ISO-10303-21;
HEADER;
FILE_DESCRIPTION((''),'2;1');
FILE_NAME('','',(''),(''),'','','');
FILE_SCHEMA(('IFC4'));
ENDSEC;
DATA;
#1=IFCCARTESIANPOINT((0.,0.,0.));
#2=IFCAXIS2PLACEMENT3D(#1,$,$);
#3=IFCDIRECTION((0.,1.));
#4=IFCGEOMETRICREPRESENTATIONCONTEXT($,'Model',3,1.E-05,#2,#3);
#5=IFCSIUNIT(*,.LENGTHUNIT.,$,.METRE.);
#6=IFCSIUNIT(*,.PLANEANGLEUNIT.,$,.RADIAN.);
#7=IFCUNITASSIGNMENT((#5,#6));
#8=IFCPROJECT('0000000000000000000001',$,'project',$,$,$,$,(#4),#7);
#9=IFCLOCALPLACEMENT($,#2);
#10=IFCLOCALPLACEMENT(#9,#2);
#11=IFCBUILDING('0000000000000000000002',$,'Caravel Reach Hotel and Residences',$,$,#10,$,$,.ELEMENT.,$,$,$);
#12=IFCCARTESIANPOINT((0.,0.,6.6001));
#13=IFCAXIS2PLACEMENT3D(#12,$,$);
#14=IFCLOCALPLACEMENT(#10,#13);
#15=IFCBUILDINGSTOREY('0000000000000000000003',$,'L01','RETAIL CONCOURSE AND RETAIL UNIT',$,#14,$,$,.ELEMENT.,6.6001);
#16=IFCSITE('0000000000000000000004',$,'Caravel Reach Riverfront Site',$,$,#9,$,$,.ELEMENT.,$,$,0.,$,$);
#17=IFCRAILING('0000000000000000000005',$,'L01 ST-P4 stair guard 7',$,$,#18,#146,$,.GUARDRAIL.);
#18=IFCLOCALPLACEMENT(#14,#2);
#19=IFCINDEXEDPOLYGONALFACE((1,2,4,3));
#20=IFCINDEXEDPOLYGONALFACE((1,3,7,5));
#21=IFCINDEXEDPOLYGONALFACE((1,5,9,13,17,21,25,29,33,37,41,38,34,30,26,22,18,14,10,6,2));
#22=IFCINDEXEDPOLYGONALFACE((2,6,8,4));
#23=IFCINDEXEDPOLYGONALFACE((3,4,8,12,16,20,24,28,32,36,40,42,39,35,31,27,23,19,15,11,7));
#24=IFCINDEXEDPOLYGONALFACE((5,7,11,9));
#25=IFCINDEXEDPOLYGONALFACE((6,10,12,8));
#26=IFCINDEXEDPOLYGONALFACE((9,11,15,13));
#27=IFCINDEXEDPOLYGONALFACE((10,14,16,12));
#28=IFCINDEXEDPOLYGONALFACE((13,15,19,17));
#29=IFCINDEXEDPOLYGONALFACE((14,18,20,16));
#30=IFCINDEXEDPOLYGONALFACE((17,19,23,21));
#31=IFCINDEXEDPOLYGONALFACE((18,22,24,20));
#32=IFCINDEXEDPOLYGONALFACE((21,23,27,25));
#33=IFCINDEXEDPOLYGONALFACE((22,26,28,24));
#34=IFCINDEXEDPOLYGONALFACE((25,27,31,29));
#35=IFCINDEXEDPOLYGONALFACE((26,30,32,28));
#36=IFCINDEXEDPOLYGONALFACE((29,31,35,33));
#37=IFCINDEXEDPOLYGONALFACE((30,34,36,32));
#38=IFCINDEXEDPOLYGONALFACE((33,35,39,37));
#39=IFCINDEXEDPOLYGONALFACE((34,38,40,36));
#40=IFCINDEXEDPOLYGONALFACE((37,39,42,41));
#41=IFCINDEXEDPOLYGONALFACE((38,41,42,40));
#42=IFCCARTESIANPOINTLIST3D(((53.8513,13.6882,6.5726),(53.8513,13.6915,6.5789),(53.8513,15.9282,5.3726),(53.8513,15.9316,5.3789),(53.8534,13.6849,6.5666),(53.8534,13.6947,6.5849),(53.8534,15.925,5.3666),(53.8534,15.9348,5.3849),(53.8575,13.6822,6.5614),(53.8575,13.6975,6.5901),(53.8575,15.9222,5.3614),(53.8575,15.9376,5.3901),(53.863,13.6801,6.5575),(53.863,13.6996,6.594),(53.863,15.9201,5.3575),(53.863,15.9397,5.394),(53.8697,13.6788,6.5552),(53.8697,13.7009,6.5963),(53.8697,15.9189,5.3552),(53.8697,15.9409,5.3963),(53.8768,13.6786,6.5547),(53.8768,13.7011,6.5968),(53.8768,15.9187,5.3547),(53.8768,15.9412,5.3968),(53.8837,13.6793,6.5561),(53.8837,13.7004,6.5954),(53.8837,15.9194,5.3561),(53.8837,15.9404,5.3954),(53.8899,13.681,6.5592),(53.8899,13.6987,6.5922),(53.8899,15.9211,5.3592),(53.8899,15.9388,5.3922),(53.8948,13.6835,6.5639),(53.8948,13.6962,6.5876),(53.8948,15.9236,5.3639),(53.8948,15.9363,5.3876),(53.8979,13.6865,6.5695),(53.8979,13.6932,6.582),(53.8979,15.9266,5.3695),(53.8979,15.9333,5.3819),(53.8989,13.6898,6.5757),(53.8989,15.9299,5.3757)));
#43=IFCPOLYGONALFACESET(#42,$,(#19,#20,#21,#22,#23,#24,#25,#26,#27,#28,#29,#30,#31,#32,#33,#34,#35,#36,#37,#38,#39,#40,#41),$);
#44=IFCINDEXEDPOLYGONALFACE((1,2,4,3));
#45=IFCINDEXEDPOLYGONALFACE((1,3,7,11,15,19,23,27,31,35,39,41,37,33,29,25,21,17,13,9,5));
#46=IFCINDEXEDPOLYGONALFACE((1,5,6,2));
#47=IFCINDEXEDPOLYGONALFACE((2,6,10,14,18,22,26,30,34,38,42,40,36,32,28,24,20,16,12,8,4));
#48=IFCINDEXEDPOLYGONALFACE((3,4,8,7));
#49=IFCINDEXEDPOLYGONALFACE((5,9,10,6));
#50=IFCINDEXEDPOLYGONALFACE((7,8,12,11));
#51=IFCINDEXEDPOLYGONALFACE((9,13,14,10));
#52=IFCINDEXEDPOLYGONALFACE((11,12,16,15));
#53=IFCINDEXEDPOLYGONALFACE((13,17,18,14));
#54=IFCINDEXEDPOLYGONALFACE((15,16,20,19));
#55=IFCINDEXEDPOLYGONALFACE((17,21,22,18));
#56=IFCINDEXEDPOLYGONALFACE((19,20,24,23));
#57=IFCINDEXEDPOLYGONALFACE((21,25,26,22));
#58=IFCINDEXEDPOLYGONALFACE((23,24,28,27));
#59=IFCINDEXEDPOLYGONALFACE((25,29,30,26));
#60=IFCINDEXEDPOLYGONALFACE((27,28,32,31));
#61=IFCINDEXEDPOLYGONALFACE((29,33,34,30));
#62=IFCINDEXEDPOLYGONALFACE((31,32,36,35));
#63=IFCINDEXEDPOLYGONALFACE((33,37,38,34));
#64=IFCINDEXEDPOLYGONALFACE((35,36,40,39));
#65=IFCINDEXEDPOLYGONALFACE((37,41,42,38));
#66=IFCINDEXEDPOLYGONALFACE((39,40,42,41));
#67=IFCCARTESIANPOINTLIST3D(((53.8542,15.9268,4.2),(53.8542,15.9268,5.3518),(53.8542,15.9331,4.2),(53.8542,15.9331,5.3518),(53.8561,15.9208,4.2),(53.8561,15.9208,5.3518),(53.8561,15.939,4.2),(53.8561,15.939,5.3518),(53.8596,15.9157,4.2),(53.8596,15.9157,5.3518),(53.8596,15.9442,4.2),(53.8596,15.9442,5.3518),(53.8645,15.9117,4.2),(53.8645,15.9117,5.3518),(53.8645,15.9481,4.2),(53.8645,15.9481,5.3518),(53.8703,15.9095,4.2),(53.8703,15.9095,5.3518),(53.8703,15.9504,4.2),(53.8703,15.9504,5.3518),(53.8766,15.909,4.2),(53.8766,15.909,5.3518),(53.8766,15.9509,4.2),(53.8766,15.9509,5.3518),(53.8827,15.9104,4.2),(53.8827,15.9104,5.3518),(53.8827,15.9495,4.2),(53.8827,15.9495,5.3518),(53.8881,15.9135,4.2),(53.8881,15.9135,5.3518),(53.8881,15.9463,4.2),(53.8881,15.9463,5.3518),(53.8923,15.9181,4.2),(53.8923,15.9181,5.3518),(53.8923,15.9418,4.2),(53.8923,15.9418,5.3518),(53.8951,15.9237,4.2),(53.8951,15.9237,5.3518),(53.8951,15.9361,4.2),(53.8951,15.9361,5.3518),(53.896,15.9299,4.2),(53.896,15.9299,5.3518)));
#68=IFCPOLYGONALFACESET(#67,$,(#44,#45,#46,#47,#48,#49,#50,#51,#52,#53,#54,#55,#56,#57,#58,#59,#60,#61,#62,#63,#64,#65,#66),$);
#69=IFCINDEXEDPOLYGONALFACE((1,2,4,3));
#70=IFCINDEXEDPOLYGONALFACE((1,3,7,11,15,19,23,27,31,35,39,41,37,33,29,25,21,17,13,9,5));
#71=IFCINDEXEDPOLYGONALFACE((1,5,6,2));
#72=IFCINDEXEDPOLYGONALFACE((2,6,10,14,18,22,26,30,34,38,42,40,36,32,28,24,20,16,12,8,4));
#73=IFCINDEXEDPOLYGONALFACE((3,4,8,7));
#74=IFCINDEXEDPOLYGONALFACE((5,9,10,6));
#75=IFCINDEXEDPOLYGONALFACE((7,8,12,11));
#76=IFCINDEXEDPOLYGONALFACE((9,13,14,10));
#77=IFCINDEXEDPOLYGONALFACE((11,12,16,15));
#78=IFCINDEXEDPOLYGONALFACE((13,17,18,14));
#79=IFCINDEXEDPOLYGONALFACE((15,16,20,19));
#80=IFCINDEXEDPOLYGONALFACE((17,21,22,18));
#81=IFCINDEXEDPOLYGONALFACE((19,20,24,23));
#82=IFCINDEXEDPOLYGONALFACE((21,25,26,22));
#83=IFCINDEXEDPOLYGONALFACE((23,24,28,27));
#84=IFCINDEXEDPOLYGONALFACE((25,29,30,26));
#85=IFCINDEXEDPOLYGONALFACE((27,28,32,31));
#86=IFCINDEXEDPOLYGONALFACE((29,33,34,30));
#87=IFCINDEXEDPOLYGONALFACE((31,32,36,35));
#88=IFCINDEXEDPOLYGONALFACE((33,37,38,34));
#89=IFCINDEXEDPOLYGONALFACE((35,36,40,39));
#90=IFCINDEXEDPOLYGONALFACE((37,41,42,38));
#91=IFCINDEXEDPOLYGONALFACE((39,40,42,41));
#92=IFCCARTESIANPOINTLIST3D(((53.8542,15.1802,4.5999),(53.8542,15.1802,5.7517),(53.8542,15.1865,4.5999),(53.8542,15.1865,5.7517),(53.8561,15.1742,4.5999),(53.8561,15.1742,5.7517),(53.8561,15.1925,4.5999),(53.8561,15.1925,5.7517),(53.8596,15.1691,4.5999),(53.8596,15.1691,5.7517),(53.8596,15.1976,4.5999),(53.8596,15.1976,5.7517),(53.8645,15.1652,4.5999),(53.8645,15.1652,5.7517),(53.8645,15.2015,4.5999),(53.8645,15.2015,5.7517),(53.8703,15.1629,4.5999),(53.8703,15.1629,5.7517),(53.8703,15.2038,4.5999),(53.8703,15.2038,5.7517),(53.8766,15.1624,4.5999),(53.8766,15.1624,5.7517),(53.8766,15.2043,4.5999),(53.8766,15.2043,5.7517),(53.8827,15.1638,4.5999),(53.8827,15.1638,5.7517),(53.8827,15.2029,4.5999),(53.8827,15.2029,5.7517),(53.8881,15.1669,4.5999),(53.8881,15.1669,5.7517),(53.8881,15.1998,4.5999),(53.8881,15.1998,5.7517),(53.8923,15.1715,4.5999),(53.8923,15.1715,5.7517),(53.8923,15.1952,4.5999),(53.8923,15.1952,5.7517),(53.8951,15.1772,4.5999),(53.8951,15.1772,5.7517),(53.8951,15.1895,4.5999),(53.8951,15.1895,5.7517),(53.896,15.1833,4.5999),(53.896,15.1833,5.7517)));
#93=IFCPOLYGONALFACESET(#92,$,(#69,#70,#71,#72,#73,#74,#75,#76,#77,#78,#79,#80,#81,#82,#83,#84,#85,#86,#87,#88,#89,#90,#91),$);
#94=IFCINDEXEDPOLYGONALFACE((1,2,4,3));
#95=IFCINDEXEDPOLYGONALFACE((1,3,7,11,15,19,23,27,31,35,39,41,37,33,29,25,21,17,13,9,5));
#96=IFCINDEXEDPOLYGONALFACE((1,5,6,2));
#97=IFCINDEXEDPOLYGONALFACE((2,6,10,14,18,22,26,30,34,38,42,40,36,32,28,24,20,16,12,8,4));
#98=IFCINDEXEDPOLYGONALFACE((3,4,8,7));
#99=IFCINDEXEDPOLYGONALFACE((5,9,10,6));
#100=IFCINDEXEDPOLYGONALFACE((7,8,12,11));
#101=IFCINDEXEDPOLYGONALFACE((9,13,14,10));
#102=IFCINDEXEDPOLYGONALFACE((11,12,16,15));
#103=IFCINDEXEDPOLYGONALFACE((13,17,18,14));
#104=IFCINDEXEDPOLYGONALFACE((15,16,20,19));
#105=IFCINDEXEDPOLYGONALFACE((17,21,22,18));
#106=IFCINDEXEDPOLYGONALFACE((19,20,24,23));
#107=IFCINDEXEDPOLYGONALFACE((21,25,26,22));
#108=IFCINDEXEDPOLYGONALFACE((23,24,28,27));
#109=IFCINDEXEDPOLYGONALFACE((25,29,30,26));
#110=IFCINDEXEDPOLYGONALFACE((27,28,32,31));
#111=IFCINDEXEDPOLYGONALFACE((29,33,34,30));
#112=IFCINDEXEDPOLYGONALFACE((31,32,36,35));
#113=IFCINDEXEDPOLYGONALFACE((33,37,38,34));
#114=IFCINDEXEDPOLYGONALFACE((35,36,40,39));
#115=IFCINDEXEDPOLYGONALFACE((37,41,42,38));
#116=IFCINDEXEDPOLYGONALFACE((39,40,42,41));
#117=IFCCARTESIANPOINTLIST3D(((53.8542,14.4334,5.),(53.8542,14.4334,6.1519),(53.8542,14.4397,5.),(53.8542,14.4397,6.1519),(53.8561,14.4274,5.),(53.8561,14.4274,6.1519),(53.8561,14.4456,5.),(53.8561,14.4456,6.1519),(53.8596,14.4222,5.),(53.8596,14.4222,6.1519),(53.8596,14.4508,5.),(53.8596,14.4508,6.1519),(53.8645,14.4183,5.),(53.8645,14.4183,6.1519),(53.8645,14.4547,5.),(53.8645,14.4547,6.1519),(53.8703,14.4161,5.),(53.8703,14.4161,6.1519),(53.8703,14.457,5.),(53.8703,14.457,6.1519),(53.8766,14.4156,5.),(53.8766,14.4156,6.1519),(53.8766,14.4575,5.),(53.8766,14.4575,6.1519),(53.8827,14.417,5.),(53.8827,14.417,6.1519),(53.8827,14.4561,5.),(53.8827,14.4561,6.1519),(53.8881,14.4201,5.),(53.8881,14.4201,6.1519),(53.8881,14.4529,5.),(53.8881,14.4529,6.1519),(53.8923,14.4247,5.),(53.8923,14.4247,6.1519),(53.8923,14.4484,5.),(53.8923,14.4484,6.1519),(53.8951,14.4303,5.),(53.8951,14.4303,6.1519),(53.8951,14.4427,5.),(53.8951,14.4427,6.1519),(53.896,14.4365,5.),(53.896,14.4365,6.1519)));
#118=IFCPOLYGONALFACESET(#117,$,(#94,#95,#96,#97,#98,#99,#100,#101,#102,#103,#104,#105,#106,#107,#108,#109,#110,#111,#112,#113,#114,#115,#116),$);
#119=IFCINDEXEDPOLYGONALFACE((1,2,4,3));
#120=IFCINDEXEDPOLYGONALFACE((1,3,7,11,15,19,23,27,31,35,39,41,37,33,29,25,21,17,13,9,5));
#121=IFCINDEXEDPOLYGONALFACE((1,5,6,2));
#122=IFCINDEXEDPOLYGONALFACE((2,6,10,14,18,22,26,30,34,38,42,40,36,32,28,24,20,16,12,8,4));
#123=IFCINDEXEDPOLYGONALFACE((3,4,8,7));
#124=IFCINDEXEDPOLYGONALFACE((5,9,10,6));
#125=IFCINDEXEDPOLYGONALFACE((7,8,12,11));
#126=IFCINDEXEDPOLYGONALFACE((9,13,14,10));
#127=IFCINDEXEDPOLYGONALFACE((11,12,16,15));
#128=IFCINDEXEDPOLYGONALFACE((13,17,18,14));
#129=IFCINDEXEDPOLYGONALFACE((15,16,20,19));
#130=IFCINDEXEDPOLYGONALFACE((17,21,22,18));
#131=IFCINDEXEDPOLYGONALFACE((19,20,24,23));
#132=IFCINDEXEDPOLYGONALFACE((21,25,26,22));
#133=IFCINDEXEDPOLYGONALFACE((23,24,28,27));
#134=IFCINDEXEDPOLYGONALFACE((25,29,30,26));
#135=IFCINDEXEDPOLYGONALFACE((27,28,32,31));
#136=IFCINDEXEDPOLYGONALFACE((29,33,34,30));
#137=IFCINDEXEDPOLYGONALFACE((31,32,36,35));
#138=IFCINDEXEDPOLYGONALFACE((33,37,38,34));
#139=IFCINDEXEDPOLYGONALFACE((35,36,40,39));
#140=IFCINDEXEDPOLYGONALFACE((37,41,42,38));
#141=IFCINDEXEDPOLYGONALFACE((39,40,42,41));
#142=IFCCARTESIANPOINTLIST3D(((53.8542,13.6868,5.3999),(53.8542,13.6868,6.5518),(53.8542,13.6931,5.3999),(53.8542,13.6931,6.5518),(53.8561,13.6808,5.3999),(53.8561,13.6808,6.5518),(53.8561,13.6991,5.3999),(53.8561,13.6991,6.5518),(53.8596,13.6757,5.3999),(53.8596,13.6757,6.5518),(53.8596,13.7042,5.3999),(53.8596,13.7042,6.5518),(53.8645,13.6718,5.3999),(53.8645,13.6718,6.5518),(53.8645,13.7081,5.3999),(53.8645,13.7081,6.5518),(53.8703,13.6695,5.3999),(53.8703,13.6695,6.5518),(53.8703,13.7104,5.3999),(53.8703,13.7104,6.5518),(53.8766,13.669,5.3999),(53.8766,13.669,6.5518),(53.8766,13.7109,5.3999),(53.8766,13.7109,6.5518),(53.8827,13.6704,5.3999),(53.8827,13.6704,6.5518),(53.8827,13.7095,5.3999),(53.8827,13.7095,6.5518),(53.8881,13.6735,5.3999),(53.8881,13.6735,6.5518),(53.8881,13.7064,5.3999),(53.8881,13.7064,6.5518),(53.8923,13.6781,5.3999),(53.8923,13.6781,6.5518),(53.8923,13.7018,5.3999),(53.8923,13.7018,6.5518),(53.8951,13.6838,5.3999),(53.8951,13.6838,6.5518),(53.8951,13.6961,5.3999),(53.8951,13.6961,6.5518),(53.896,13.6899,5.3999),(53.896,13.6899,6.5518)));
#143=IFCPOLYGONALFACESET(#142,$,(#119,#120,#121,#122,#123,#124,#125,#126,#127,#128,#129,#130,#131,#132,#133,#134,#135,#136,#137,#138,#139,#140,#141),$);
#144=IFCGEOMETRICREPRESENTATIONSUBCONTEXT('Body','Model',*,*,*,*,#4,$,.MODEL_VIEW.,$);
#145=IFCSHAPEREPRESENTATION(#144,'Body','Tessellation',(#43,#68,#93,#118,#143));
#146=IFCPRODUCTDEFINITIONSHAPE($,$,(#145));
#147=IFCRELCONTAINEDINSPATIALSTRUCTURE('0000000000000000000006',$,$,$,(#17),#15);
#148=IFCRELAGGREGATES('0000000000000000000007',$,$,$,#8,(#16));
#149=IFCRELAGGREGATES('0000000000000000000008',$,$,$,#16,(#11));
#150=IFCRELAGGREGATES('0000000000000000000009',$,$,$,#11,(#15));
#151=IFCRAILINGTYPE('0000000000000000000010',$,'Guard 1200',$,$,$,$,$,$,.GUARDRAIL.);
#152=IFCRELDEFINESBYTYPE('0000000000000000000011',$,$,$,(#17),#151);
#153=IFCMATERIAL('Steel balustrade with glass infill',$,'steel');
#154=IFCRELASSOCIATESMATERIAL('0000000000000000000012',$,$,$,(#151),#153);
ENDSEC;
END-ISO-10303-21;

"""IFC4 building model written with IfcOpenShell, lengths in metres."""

from ifc_helpers import new_model, si_unit, direction, frame, origin, origin_2d, place, context, subcontext, project, spatial, circle, extrude, material, type_object, element, save


model = new_model("IFC4")

# Units and contexts
model_context = context("Model", 3, precision=1e-05, world=origin(), true_north=direction((0.0, 1.0)))
body_context = subcontext(model_context, "Body", "Model", "MODEL_VIEW")
ifc_project = project(units=[si_unit("LENGTHUNIT", "METRE"), si_unit("PLANEANGLEUNIT", "RADIAN")], contexts=[model_context])

# Site, building, storey
site_placement = place(None, origin())
site = spatial("IfcSite", under=ifc_project, at=site_placement, Name="Caravel Reach Riverfront Site", CompositionType="ELEMENT", RefElevation=0.0)
building_placement = place(site_placement, origin())
building = spatial("IfcBuilding", under=site, at=building_placement, Name="Caravel Reach Hotel and Residences", CompositionType="ELEMENT")
storey_placement = place(building_placement, frame((0.0, 0.0, 6.6001)))
storey = spatial("IfcBuildingStorey", under=building, at=storey_placement, Name="L01", Description="RETAIL CONCOURSE AND RETAIL UNIT", CompositionType="ELEMENT", Elevation=6.6001)

# Railing
ifc_material_1 = material(Name="Steel balustrade with glass infill", Category="steel")
railing_type_1 = type_object("IfcRailingType", Name="Guard 1200", PredefinedType="GUARDRAIL", material=ifc_material_1)
railing_1_placement = place(storey_placement, frame((53.875, 15.9299, 4.2)))
element("IfcRailing", 1, at=railing_1_placement, inside=storey, type_object=railing_type_1, Name="L01 ST-P4 stair guard 7", PredefinedType="GUARDRAIL", context=body_context, shape_type="SweptSolid", body=[
    extrude(circle(Radius=0.0239, at=origin_2d()), frame((0.0, 0.0, 1.1758), z_axis=(0.0, -0.881487, 0.472208), x_axis=(1.0, 0.0, 0.0)), (0.0, 0.0, 1.0), 2.5413),
    extrude(circle(Radius=0.021, at=origin_2d()), origin(), (0.0, 0.0, 1.0), 1.1519),
    extrude(circle(Radius=0.021, at=origin_2d()), frame((0.0, -0.7466, 0.3999)), (0.0, 0.0, 1.0), 1.1519),
    extrude(circle(Radius=0.021, at=origin_2d()), frame((0.0, -1.4934, 0.8)), (0.0, 0.0, 1.0), 1.1519),
    extrude(circle(Radius=0.021, at=origin_2d()), frame((0.0, -2.24, 1.2)), (0.0, 0.0, 1.0), 1.1519),
])

save(model, "model.ifc")
